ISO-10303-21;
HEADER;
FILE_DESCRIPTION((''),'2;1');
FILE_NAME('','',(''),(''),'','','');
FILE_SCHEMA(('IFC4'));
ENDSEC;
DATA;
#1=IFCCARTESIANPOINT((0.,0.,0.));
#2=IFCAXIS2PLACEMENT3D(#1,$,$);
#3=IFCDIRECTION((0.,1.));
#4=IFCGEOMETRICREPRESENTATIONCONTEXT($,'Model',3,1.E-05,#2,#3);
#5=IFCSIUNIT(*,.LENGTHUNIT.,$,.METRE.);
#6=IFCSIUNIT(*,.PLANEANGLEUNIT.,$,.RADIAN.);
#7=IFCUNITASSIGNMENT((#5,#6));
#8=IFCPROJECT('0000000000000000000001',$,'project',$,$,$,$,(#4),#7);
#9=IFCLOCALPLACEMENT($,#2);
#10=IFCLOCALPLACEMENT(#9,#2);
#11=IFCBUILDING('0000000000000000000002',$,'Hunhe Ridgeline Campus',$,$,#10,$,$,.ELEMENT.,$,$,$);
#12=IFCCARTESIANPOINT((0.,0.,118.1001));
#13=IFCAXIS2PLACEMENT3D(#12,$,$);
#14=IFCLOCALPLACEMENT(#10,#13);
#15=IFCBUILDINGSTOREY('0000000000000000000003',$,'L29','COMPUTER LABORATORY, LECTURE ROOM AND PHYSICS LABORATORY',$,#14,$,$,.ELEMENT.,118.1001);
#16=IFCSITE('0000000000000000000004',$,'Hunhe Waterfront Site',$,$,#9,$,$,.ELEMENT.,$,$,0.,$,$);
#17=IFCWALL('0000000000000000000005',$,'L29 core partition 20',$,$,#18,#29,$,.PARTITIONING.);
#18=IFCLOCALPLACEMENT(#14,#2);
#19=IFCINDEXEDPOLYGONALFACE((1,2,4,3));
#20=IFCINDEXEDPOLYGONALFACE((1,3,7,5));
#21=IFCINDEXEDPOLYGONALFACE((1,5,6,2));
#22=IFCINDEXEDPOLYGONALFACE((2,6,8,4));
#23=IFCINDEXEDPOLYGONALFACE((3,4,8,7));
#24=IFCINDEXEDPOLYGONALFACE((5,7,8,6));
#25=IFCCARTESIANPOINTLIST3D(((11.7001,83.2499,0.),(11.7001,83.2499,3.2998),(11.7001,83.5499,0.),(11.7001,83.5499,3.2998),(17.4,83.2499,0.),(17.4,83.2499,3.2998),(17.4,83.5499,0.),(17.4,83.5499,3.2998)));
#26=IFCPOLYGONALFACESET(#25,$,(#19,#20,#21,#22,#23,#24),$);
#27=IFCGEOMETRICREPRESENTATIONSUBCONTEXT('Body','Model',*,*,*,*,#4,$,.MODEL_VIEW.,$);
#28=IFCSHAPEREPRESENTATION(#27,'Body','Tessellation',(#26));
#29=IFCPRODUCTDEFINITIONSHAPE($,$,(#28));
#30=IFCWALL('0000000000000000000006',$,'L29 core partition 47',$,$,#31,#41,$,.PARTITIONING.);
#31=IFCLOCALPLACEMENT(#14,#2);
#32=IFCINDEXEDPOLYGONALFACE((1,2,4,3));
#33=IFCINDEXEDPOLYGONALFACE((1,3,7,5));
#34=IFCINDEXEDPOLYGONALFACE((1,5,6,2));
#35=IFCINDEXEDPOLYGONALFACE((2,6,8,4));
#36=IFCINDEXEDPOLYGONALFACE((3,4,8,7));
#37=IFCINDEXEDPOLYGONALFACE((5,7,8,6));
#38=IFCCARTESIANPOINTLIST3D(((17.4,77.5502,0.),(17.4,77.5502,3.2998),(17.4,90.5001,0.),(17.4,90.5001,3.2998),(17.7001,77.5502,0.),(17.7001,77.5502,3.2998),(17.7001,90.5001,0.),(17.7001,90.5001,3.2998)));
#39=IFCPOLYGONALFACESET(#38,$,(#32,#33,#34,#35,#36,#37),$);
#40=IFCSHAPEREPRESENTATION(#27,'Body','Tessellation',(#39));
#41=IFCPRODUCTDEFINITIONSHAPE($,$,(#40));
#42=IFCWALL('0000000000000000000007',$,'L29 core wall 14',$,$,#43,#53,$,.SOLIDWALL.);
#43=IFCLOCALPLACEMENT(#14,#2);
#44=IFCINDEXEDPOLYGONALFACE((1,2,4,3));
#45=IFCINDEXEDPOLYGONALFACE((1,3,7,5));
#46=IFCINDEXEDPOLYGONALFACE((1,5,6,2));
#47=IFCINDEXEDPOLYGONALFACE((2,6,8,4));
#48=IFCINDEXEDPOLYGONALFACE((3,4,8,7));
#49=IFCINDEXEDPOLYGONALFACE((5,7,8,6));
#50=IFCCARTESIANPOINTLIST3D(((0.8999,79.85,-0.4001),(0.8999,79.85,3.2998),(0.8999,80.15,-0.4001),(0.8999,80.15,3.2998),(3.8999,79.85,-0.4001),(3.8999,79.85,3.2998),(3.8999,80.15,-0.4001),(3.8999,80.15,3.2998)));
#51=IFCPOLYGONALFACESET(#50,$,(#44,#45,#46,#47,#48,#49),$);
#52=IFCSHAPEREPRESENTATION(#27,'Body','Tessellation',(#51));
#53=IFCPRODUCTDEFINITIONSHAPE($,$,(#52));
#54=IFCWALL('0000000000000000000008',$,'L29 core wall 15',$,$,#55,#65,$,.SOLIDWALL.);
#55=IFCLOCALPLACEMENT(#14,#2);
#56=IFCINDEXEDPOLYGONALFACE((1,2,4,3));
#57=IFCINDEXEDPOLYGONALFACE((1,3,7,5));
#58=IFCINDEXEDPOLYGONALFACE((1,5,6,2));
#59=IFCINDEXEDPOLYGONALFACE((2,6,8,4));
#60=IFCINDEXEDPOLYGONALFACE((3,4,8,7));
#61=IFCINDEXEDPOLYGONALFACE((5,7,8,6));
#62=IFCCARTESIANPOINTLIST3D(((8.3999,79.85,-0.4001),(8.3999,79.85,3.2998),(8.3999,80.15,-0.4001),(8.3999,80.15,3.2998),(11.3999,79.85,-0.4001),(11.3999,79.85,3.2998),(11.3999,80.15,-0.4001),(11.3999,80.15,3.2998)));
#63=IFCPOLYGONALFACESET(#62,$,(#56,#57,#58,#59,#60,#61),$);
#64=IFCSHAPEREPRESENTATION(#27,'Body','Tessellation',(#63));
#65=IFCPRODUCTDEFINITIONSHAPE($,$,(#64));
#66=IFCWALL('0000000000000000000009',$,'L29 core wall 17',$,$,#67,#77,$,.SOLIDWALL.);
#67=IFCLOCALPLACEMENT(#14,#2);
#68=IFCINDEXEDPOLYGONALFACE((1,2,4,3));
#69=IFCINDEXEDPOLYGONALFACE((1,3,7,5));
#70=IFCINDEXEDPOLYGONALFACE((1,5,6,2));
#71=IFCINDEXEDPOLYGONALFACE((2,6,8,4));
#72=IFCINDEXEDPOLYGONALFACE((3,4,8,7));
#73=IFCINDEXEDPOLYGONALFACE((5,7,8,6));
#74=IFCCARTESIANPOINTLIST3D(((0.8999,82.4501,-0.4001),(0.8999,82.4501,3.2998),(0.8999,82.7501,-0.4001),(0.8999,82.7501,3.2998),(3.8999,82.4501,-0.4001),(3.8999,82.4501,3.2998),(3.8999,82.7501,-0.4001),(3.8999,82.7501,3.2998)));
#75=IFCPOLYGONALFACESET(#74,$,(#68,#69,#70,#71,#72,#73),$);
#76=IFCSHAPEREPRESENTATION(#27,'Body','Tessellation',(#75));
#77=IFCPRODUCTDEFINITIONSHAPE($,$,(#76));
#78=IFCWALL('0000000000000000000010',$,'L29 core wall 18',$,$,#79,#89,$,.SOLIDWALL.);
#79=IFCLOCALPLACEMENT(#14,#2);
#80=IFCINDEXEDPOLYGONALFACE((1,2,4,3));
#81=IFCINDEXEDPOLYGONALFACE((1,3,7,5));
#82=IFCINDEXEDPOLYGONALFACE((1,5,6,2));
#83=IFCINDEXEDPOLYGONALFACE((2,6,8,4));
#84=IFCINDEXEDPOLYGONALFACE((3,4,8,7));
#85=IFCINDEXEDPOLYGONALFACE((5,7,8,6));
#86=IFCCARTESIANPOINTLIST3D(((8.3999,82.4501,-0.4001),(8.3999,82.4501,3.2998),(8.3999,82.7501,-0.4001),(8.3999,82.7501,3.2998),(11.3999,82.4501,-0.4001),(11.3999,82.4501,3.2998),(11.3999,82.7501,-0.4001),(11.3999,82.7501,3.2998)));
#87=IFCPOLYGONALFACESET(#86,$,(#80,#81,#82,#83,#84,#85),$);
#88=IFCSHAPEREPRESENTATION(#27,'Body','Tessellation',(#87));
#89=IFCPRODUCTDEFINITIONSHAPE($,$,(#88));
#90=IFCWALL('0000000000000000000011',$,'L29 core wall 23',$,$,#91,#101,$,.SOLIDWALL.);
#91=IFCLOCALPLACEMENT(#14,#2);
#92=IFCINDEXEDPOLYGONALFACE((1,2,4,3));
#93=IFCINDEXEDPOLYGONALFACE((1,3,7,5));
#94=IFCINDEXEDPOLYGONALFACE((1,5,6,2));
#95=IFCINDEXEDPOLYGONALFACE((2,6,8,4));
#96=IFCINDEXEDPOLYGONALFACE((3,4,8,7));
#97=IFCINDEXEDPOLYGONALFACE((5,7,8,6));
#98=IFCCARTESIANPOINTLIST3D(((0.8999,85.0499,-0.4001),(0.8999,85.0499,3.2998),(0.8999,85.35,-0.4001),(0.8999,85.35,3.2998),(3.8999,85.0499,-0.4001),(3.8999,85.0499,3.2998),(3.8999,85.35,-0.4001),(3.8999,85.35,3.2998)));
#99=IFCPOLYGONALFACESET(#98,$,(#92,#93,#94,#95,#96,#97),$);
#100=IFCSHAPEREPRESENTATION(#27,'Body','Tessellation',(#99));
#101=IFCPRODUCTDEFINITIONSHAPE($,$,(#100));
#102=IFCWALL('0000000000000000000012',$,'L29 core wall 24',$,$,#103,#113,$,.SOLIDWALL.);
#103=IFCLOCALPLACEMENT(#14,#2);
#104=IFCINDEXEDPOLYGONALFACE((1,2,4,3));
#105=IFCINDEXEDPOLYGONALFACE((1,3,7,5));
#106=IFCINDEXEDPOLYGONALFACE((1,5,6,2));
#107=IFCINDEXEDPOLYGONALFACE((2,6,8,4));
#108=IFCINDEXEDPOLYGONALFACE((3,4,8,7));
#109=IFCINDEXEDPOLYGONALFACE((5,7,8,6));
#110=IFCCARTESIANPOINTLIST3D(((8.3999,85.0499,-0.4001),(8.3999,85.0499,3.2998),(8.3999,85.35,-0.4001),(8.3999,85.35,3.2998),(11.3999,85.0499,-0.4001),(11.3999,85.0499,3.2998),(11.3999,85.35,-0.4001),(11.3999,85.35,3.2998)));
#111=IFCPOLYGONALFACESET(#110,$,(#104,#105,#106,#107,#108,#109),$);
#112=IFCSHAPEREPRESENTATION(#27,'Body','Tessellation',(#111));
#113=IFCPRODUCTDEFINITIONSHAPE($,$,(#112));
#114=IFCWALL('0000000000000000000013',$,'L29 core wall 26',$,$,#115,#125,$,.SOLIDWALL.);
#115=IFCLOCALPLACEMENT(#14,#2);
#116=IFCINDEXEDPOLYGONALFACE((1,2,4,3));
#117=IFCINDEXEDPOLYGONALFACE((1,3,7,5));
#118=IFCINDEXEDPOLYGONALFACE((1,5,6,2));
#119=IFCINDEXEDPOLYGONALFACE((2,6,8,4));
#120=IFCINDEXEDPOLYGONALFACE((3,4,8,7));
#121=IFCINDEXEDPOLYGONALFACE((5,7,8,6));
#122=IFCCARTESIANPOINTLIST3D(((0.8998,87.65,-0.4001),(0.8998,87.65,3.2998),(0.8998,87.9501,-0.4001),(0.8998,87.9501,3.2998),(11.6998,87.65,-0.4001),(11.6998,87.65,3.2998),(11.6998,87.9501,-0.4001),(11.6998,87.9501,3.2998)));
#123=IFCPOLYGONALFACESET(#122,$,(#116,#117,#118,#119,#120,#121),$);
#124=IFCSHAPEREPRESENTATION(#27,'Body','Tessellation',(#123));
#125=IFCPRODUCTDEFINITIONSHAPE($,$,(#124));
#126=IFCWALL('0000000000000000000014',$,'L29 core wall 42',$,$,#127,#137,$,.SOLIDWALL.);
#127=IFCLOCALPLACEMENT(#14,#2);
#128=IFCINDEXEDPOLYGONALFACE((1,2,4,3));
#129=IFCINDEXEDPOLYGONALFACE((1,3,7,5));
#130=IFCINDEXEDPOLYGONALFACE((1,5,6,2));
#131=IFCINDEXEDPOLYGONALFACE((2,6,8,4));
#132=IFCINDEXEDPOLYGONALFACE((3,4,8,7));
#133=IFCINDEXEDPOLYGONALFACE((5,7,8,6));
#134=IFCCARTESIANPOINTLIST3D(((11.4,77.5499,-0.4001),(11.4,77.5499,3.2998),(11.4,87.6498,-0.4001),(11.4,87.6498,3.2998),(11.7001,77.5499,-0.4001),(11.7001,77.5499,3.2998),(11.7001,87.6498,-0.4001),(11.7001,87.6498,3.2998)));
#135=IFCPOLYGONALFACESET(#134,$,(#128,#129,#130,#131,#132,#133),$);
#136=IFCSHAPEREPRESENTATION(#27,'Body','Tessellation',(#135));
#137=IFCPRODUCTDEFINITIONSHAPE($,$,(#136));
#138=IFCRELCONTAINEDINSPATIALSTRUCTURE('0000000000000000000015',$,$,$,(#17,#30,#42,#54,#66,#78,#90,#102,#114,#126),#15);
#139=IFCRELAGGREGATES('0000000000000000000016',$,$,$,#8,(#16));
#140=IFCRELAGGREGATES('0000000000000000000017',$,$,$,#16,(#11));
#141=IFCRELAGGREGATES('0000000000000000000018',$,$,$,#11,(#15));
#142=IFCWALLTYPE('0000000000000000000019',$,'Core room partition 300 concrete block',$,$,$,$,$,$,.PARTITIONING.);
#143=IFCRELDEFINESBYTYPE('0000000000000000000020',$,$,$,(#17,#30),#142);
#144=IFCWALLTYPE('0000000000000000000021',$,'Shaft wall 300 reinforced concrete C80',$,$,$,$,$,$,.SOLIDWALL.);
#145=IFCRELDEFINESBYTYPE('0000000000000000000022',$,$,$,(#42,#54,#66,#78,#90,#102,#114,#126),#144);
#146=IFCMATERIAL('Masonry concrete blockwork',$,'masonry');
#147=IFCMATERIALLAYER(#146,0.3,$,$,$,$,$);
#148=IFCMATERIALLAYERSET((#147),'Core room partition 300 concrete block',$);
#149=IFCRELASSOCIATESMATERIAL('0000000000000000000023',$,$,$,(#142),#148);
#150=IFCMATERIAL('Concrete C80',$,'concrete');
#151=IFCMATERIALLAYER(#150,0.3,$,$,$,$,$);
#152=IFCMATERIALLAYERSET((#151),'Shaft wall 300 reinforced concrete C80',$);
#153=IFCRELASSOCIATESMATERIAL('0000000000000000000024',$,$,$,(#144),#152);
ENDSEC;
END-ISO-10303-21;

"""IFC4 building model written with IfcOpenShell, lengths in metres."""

from ifc_helpers import new_model, si_unit, direction, frame, frame_2d, origin, place, context, subcontext, project, spatial, rectangle, extrude, material, layer, layer_set, type_object, element, save


model = new_model("IFC4")

# Units and contexts
model_context = context("Model", 3, precision=1e-05, world=origin(), true_north=direction((0.0, 1.0)))
body_context = subcontext(model_context, "Body", "Model", "MODEL_VIEW")
ifc_project = project(units=[si_unit("LENGTHUNIT", "METRE"), si_unit("PLANEANGLEUNIT", "RADIAN")], contexts=[model_context])

# Site, building, storey
site_placement = place(None, origin())
site = spatial("IfcSite", under=ifc_project, at=site_placement, Name="Hunhe Waterfront Site", CompositionType="ELEMENT", RefElevation=0.0)
building_placement = place(site_placement, origin())
building = spatial("IfcBuilding", under=site, at=building_placement, Name="Hunhe Ridgeline Campus", CompositionType="ELEMENT")
storey_placement = place(building_placement, frame((0.0, 0.0, 118.1001)))
storey = spatial("IfcBuildingStorey", under=building, at=storey_placement, Name="L29", Description="COMPUTER LABORATORY, LECTURE ROOM AND PHYSICS LABORATORY", CompositionType="ELEMENT", Elevation=118.1001)

# Walls
ifc_material_1 = material(Name="Masonry concrete blockwork", Category="masonry")
ifc_layer_1 = layer(ifc_material_1, 0.3)
ifc_layer_set_1 = layer_set([ifc_layer_1], Name="Core room partition 300 concrete block")
wall_type_1 = type_object("IfcWallType", Name="Core room partition 300 concrete block", PredefinedType="PARTITIONING", material=ifc_layer_set_1)
wall_1_placement = place(storey_placement, frame((11.7, 83.3999, 0.0), z_axis=(0.0, 0.0, 1.0), x_axis=(1.0, 0.0, 0.0)))
element("IfcWall", 1, at=wall_1_placement, inside=storey, type_object=wall_type_1, Name="L29 core partition 20", PredefinedType="PARTITIONING", context=body_context, shape_type="SweptSolid", body=[
    extrude(rectangle(XDim=5.7, YDim=0.3, at=frame_2d((2.8501, 0.0))), origin(), (0.0, 0.0, 1.0), 3.2998),
])
wall_2_placement = place(storey_placement, frame((17.55, 77.55, 0.0), z_axis=(0.0, 0.0, 1.0), x_axis=(0.0, 1.0, 0.0)))
element("IfcWall", 2, at=wall_2_placement, inside=storey, type_object=wall_type_1, Name="L29 core partition 47", PredefinedType="PARTITIONING", context=body_context, shape_type="SweptSolid", body=[
    extrude(rectangle(XDim=12.95, YDim=0.3, at=frame_2d((6.4751, 0.0))), origin(), (0.0, 0.0, 1.0), 3.2998),
])

# Shared definitions
ifc_material_2 = material(Name="Concrete C80", Category="concrete")
ifc_layer_2 = layer(ifc_material_2, 0.3)
ifc_layer_set_2 = layer_set([ifc_layer_2], Name="Shaft wall 300 reinforced concrete C80")
wall_type_2 = type_object("IfcWallType", Name="Shaft wall 300 reinforced concrete C80", PredefinedType="SOLIDWALL", material=ifc_layer_set_2)

# Walls
for number, where, z_axis, x_axis, name in (
    (3, (0.8999, 80.0, -0.4001), (0.0, 0.0, 1.0), (1.0, 0.0, 0.0), "L29 core wall 14"),
    (4, (8.3999, 80.0, -0.4001), (0.0, 0.0, 1.0), (1.0, 0.0, 0.0), "L29 core wall 15"),
    (5, (0.8999, 82.6001, -0.4001), (0.0, 0.0, 1.0), (1.0, 0.0, 0.0), "L29 core wall 17"),
    (6, (8.3999, 82.6001, -0.4001), (0.0, 0.0, 1.0), (1.0, 0.0, 0.0), "L29 core wall 18"),
    (7, (0.8999, 85.2, -0.4001), (0.0, 0.0, 1.0), (1.0, 0.0, 0.0), "L29 core wall 23"),
    (8, (8.3999, 85.2, -0.4001), (0.0, 0.0, 1.0), (1.0, 0.0, 0.0), "L29 core wall 24"),
):
    element("IfcWall", number, at=place(storey_placement, frame(where, z_axis=z_axis, x_axis=x_axis)), inside=storey, type_object=wall_type_2, Name=name, PredefinedType="SOLIDWALL", context=body_context, shape_type="SweptSolid", body=[
        extrude(rectangle(XDim=3.0, YDim=0.3, at=frame_2d((1.5, 0.0))), origin(), (0.0, 0.0, 1.0), 3.7),
    ])
wall_3_placement = place(storey_placement, frame((0.8999, 87.8, -0.4001), z_axis=(0.0, 0.0, 1.0), x_axis=(1.0, 0.0, 0.0)))
element("IfcWall", 9, at=wall_3_placement, inside=storey, type_object=wall_type_2, Name="L29 core wall 26", PredefinedType="SOLIDWALL", context=body_context, shape_type="SweptSolid", body=[
    extrude(rectangle(XDim=10.8, YDim=0.3, at=frame_2d((5.3999, 0.0))), origin(), (0.0, 0.0, 1.0), 3.7),
])

# Wall
wall_4_placement = place(storey_placement, frame((11.55, 77.55, -0.4001), z_axis=(0.0, 0.0, 1.0), x_axis=(0.0, 1.0, 0.0)))
element("IfcWall", 10, at=wall_4_placement, inside=storey, type_object=wall_type_2, Name="L29 core wall 42", PredefinedType="SOLIDWALL", context=body_context, shape_type="SweptSolid", body=[
    extrude(rectangle(XDim=10.0999, YDim=0.3, at=frame_2d((5.0498, 0.0))), origin(), (0.0, 0.0, 1.0), 3.7),
])

save(model, "model.ifc")
